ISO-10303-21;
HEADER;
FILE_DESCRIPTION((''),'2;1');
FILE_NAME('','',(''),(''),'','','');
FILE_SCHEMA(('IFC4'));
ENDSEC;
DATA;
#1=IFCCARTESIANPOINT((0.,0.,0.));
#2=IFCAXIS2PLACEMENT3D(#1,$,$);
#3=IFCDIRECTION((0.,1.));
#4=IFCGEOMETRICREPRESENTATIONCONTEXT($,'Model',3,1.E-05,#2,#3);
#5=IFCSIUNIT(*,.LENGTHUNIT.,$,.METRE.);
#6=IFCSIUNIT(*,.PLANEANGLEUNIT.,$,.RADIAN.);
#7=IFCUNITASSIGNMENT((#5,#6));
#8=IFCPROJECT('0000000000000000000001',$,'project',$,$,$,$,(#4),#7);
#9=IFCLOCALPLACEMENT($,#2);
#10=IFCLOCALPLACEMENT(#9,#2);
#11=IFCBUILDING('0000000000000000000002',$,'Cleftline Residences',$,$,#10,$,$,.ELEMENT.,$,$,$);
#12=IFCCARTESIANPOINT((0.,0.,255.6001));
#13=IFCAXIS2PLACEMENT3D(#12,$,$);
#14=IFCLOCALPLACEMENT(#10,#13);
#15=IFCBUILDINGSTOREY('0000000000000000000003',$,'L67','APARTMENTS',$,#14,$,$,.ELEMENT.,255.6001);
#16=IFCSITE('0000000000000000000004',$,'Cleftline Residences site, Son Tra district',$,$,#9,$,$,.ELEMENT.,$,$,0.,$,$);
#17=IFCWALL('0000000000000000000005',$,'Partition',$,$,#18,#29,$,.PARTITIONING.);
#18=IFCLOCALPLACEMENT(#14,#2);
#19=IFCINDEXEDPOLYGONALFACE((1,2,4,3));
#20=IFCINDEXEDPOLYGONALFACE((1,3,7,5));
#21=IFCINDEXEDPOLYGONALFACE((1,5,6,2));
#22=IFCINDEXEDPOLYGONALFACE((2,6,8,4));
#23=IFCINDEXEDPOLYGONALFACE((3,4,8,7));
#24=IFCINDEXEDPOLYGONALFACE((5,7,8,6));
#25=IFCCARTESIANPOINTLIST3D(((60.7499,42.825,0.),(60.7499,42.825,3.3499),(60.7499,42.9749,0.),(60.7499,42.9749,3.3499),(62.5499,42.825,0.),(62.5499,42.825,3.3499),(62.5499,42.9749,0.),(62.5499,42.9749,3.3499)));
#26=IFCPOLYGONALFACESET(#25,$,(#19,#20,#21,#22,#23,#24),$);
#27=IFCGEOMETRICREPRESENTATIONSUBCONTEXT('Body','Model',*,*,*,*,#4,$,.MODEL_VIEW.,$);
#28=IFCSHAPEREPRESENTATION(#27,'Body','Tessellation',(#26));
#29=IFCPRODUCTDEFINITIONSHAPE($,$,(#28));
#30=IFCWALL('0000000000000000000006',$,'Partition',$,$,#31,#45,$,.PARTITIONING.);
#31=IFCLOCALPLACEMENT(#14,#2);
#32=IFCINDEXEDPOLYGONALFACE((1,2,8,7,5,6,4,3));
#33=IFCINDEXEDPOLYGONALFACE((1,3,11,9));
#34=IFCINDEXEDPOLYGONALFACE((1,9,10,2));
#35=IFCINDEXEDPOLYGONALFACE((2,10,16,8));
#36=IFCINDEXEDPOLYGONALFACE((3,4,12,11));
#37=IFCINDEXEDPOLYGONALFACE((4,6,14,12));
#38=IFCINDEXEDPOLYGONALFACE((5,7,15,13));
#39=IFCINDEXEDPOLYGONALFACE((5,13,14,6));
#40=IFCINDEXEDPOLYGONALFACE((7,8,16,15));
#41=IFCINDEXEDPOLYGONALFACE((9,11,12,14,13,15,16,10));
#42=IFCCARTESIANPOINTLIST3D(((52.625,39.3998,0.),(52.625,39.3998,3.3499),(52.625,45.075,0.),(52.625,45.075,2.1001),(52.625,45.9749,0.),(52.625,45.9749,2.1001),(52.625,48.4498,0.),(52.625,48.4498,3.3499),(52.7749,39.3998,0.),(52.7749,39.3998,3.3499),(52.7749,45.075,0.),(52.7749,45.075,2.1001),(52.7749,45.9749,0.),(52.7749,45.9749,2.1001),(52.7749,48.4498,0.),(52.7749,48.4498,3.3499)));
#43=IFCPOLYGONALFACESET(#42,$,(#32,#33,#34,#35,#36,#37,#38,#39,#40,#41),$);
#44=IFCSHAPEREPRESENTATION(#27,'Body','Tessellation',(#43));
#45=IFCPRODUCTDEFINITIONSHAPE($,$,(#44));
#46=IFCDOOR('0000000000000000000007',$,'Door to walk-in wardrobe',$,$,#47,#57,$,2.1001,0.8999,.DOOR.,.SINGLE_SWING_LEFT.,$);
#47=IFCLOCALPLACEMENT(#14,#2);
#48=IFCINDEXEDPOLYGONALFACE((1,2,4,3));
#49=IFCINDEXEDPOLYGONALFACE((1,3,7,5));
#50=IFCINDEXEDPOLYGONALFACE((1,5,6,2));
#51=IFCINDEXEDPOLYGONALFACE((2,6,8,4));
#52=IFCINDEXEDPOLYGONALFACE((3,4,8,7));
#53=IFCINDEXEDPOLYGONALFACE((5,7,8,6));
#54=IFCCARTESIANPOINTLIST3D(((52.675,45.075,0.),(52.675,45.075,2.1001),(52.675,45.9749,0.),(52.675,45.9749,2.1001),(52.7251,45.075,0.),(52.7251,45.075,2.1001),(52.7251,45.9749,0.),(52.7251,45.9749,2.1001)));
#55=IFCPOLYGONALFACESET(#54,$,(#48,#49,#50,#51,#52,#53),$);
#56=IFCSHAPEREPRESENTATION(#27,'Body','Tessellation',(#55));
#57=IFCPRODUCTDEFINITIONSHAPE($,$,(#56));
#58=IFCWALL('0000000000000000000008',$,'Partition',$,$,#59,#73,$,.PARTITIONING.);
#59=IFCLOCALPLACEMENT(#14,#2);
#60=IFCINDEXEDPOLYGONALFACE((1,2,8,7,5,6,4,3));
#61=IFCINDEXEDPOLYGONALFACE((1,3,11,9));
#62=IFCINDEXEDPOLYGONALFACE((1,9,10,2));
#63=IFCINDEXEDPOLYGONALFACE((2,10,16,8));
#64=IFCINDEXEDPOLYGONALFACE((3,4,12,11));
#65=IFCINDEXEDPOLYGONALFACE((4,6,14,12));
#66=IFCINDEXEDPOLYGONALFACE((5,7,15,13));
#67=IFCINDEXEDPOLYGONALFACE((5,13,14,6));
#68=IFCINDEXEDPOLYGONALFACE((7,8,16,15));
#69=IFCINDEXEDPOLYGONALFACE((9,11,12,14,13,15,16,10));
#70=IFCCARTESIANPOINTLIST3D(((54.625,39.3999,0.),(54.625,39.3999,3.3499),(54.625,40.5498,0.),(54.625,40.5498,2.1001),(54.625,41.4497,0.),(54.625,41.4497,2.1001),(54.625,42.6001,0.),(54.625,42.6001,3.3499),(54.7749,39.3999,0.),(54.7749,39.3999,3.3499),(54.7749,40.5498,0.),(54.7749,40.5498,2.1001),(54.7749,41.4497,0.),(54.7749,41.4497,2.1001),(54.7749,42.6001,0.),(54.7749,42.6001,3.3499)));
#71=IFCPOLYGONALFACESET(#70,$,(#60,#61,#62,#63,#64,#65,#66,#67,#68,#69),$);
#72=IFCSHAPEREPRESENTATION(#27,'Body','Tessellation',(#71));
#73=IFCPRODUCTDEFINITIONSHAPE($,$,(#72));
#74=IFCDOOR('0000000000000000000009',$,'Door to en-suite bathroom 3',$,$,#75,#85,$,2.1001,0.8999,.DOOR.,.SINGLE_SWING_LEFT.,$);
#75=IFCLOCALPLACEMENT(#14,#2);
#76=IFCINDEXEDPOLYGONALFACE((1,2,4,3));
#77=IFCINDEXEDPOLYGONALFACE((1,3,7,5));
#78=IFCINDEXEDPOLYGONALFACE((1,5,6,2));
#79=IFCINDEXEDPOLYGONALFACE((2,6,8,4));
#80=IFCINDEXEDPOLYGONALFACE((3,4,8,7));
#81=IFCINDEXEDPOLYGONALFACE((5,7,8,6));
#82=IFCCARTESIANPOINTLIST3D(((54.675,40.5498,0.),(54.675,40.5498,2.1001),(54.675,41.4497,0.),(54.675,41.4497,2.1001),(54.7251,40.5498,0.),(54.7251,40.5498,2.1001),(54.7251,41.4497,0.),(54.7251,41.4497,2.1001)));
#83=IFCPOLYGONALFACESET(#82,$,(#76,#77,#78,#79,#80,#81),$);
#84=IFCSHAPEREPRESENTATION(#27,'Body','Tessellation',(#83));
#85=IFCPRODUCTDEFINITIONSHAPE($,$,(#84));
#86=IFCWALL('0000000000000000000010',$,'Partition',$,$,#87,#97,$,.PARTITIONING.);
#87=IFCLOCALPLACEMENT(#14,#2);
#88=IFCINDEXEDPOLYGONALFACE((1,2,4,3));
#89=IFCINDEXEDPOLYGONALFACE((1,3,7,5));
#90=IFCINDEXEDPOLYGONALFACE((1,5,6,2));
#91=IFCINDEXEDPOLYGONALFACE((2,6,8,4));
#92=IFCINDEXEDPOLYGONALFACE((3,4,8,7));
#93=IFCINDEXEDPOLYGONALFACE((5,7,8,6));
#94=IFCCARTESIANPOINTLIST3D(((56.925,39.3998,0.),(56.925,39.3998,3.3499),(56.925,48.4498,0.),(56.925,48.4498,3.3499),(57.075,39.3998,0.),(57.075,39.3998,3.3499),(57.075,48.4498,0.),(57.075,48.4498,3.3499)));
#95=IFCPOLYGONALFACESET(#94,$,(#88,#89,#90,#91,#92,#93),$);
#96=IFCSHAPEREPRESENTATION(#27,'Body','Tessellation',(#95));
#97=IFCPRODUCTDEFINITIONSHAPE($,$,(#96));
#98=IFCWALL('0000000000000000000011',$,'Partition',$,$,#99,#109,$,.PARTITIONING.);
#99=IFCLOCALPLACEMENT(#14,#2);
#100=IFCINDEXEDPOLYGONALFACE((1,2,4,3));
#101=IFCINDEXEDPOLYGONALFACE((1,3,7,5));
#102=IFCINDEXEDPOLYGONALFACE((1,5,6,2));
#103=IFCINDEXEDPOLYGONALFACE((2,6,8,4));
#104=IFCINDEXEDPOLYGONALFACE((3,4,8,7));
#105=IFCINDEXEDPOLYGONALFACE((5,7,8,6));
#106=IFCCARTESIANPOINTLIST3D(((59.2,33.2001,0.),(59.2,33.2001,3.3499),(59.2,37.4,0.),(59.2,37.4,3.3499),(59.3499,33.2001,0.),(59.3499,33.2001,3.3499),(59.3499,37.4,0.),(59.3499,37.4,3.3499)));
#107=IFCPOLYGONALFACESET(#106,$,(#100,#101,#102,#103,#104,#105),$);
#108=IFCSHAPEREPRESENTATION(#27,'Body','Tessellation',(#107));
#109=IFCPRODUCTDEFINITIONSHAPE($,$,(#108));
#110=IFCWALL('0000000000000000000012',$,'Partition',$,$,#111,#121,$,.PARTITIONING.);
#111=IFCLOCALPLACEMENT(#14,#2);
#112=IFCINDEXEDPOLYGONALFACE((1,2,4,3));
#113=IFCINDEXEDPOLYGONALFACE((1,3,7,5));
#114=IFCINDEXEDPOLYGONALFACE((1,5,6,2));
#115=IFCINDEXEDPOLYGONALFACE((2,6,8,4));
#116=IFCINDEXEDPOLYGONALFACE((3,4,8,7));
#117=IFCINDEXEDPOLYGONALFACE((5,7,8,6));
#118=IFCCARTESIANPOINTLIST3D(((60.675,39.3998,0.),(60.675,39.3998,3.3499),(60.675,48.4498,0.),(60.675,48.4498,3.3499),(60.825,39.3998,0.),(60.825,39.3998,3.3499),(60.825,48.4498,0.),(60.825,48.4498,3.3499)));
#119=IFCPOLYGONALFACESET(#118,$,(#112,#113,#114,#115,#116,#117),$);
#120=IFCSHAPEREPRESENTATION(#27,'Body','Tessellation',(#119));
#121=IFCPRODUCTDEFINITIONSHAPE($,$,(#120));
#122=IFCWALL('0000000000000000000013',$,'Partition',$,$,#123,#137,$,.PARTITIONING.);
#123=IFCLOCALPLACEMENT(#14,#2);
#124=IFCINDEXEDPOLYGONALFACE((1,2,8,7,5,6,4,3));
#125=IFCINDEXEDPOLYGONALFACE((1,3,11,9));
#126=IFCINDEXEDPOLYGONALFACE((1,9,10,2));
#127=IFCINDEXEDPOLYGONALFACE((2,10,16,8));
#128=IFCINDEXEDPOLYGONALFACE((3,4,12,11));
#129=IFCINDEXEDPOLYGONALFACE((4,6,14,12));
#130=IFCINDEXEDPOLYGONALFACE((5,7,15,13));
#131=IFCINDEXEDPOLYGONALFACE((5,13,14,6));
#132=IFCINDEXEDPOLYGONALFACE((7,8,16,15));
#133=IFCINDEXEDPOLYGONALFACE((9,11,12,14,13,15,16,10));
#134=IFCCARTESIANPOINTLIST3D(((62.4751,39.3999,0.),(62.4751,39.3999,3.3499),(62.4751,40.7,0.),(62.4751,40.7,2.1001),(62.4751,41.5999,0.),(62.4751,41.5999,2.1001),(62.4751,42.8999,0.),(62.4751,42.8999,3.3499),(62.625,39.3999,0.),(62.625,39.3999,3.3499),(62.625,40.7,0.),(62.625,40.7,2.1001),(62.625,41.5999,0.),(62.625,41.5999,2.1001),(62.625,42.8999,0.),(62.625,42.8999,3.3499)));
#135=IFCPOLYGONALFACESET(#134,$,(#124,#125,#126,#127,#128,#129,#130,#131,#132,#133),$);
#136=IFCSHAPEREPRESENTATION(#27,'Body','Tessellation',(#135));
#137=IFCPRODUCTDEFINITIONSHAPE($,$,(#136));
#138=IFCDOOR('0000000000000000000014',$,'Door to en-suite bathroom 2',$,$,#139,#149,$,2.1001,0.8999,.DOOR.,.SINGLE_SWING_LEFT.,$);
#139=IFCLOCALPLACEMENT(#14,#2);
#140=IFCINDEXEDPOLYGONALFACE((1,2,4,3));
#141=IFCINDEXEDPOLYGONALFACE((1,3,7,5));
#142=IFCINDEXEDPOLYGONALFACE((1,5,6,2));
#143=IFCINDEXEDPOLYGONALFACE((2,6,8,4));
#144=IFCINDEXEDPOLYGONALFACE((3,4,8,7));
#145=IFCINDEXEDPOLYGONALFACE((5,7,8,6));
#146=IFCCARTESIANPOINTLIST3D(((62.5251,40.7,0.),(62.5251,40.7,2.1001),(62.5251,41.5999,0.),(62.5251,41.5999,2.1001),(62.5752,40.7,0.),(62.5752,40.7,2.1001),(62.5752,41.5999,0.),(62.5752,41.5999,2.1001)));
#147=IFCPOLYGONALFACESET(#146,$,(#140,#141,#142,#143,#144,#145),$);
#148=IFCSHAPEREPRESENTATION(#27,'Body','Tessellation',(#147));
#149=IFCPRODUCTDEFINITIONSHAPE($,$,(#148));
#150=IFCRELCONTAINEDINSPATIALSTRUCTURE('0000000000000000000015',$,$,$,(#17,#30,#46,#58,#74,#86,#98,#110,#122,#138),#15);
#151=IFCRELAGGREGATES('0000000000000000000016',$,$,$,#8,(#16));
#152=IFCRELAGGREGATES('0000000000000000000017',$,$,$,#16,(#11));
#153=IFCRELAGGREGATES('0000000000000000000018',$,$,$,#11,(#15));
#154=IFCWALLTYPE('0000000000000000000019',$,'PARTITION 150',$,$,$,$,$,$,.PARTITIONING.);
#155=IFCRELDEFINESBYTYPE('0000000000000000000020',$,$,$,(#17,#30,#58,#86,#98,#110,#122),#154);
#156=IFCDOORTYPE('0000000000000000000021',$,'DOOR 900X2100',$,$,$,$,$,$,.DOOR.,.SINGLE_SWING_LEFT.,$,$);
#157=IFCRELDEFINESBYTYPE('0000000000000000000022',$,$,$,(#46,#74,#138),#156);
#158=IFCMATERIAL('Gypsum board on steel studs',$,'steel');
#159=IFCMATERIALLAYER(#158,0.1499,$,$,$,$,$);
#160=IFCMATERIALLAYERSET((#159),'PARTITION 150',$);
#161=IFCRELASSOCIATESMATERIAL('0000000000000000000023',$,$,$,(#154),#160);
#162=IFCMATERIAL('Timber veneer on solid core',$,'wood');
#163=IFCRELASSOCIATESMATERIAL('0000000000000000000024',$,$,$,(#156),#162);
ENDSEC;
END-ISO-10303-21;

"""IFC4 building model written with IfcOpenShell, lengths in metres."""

from ifc_helpers import new_model, si_unit, direction, frame, frame_2d, origin, place, context, subcontext, project, spatial, rectangle, extrude, material, layer, layer_set, type_object, element, fill, save


model = new_model("IFC4")

# Units and contexts
model_context = context("Model", 3, precision=1e-05, world=origin(), true_north=direction((0.0, 1.0)))
body_context = subcontext(model_context, "Body", "Model", "MODEL_VIEW")
ifc_project = project(units=[si_unit("LENGTHUNIT", "METRE"), si_unit("PLANEANGLEUNIT", "RADIAN")], contexts=[model_context])

# Site, building, storey
site_placement = place(None, origin())
site = spatial("IfcSite", under=ifc_project, at=site_placement, Name="Cleftline Residences site, Son Tra district", CompositionType="ELEMENT", RefElevation=0.0)
building_placement = place(site_placement, origin())
building = spatial("IfcBuilding", under=site, at=building_placement, Name="Cleftline Residences", CompositionType="ELEMENT")
storey_placement = place(building_placement, frame((0.0, 0.0, 255.6001)))
storey = spatial("IfcBuildingStorey", under=building, at=storey_placement, Name="L67", Description="APARTMENTS", CompositionType="ELEMENT", Elevation=255.6001)

# Shared definitions
ifc_material_1 = material(Name="Gypsum board on steel studs", Category="steel")
ifc_layer = layer(ifc_material_1, 0.1499)
ifc_layer_set = layer_set([ifc_layer], Name="PARTITION 150")
wall_type = type_object("IfcWallType", Name="PARTITION 150", PredefinedType="PARTITIONING", material=ifc_layer_set)

# Wall
wall_1_placement = place(storey_placement, frame((60.75, 42.8999, 0.0), z_axis=(0.0, 0.0, 1.0), x_axis=(1.0, 0.0, 0.0)))
element("IfcWall", 1, at=wall_1_placement, inside=storey, type_object=wall_type, Name="Partition", PredefinedType="PARTITIONING", context=body_context, shape_type="SweptSolid", body=[
    extrude(rectangle(XDim=1.8, YDim=0.1499, at=frame_2d((0.8999, 0.0))), origin(), (0.0, 0.0, 1.0), 3.3499),
])

# Walls, openings, doors
wall_2_placement = place(storey_placement, frame((52.7, 39.3999, 0.0), z_axis=(0.0, 0.0, 1.0), x_axis=(0.0, 1.0, 0.0)))
wall_2 = element("IfcWall", 2, at=wall_2_placement, inside=storey, type_object=wall_type, Name="Partition", PredefinedType="PARTITIONING", context=body_context, shape_type="SweptSolid", body=[
    extrude(rectangle(XDim=9.05, YDim=0.1499, at=frame_2d((4.5249, 0.0))), origin(), (0.0, 0.0, 1.0), 3.3499),
])
opening_1_placement = place(wall_2_placement, frame((5.675, 0.0, 0.0)))
opening_1 = element("IfcOpeningElement", 3, at=opening_1_placement, cuts=wall_2, PredefinedType="OPENING", context=body_context, shape_type="SweptSolid", body=[
    extrude(rectangle(XDim=0.8999, YDim=2.1001, at=frame_2d((0.45, 1.05))), frame((0.0, 0.085, 0.0), z_axis=(0.0, -1.0, 0.0), x_axis=(1.0, 0.0, 0.0)), (0.0, 0.0, 1.0), 0.1699),
])
ifc_material_2 = material(Name="Timber veneer on solid core", Category="wood")
door_type_1 = type_object("IfcDoorType", Name="DOOR 900X2100", OperationType="SINGLE_SWING_LEFT", PredefinedType="DOOR", material=ifc_material_2)
door_1_placement = place(opening_1_placement, origin())
door_1 = element("IfcDoor", 4, at=door_1_placement, inside=storey, type_object=door_type_1, Name="Door to walk-in wardrobe", OperationType="SINGLE_SWING_LEFT", OverallHeight=2.1001, OverallWidth=0.8999, PredefinedType="DOOR", context=body_context, shape_type="SweptSolid", body=[
    extrude(rectangle(XDim=0.8999, YDim=2.1001, at=frame_2d((0.45, 1.05))), frame((0.0, 0.0249, 0.0), z_axis=(0.0, -1.0, 0.0), x_axis=(1.0, 0.0, 0.0)), (0.0, 0.0, 1.0), 0.05),
])
fill(opening_1, door_1)
wall_3_placement = place(storey_placement, frame((54.7, 39.3999, 0.0), z_axis=(0.0, 0.0, 1.0), x_axis=(0.0, 1.0, 0.0)))
wall_3 = element("IfcWall", 5, at=wall_3_placement, inside=storey, type_object=wall_type, Name="Partition", PredefinedType="PARTITIONING", context=body_context, shape_type="SweptSolid", body=[
    extrude(rectangle(XDim=3.2002, YDim=0.1499, at=frame_2d((1.6001, 0.0))), origin(), (0.0, 0.0, 1.0), 3.3499),
])
opening_2_placement = place(wall_3_placement, frame((1.1499, 0.0, 0.0)))
opening_2 = element("IfcOpeningElement", 6, at=opening_2_placement, cuts=wall_3, PredefinedType="OPENING", context=body_context, shape_type="SweptSolid", body=[
    extrude(rectangle(XDim=0.8999, YDim=2.1001, at=frame_2d((0.45, 1.05))), frame((0.0, 0.085, 0.0), z_axis=(0.0, -1.0, 0.0), x_axis=(1.0, 0.0, 0.0)), (0.0, 0.0, 1.0), 0.1699),
])
door_2_placement = place(opening_2_placement, origin())
door_2 = element("IfcDoor", 7, at=door_2_placement, inside=storey, type_object=door_type_1, Name="Door to en-suite bathroom 3", OperationType="SINGLE_SWING_LEFT", OverallHeight=2.1001, OverallWidth=0.8999, PredefinedType="DOOR", context=body_context, shape_type="SweptSolid", body=[
    extrude(rectangle(XDim=0.8999, YDim=2.1001, at=frame_2d((0.45, 1.05))), frame((0.0, 0.0249, 0.0), z_axis=(0.0, -1.0, 0.0), x_axis=(1.0, 0.0, 0.0)), (0.0, 0.0, 1.0), 0.05),
])
fill(opening_2, door_2)

# Walls
wall_4_placement = place(storey_placement, frame((57.0, 39.3999, 0.0), z_axis=(0.0, 0.0, 1.0), x_axis=(0.0, 1.0, 0.0)))
element("IfcWall", 8, at=wall_4_placement, inside=storey, type_object=wall_type, Name="Partition", PredefinedType="PARTITIONING", context=body_context, shape_type="SweptSolid", body=[
    extrude(rectangle(XDim=9.05, YDim=0.1499, at=frame_2d((4.5249, 0.0))), origin(), (0.0, 0.0, 1.0), 3.3499),
])
wall_5_placement = place(storey_placement, frame((59.2749, 33.2, 0.0), z_axis=(0.0, 0.0, 1.0), x_axis=(0.0, 1.0, 0.0)))
element("IfcWall", 9, at=wall_5_placement, inside=storey, type_object=wall_type, Name="Partition", PredefinedType="PARTITIONING", context=body_context, shape_type="SweptSolid", body=[
    extrude(rectangle(XDim=4.2, YDim=0.1499, at=frame_2d((2.1001, 0.0))), origin(), (0.0, 0.0, 1.0), 3.3499),
])
wall_6_placement = place(storey_placement, frame((60.75, 39.3999, 0.0), z_axis=(0.0, 0.0, 1.0), x_axis=(0.0, 1.0, 0.0)))
element("IfcWall", 10, at=wall_6_placement, inside=storey, type_object=wall_type, Name="Partition", PredefinedType="PARTITIONING", context=body_context, shape_type="SweptSolid", body=[
    extrude(rectangle(XDim=9.05, YDim=0.1499, at=frame_2d((4.5249, 0.0))), origin(), (0.0, 0.0, 1.0), 3.3499),
])

# Wall, opening, door
wall_7_placement = place(storey_placement, frame((62.55, 39.3999, 0.0), z_axis=(0.0, 0.0, 1.0), x_axis=(0.0, 1.0, 0.0)))
wall_7 = element("IfcWall", 11, at=wall_7_placement, inside=storey, type_object=wall_type, Name="Partition", PredefinedType="PARTITIONING", context=body_context, shape_type="SweptSolid", body=[
    extrude(rectangle(XDim=3.5, YDim=0.1499, at=frame_2d((1.75, 0.0))), origin(), (0.0, 0.0, 1.0), 3.3499),
])
opening_3_placement = place(wall_7_placement, frame((1.3, 0.0, 0.0)))
opening_3 = element("IfcOpeningElement", 12, at=opening_3_placement, cuts=wall_7, PredefinedType="OPENING", context=body_context, shape_type="SweptSolid", body=[
    extrude(rectangle(XDim=0.8999, YDim=2.1001, at=frame_2d((0.45, 1.05))), frame((0.0, 0.085, 0.0), z_axis=(0.0, -1.0, 0.0), x_axis=(1.0, 0.0, 0.0)), (0.0, 0.0, 1.0), 0.1699),
])
door_3_placement = place(opening_3_placement, origin())
door_3 = element("IfcDoor", 13, at=door_3_placement, inside=storey, type_object=door_type_1, Name="Door to en-suite bathroom 2", OperationType="SINGLE_SWING_LEFT", OverallHeight=2.1001, OverallWidth=0.8999, PredefinedType="DOOR", context=body_context, shape_type="SweptSolid", body=[
    extrude(rectangle(XDim=0.8999, YDim=2.1001, at=frame_2d((0.45, 1.05))), frame((0.0, 0.0249, 0.0), z_axis=(0.0, -1.0, 0.0), x_axis=(1.0, 0.0, 0.0)), (0.0, 0.0, 1.0), 0.05),
])
fill(opening_3, door_3)

save(model, "model.ifc")
